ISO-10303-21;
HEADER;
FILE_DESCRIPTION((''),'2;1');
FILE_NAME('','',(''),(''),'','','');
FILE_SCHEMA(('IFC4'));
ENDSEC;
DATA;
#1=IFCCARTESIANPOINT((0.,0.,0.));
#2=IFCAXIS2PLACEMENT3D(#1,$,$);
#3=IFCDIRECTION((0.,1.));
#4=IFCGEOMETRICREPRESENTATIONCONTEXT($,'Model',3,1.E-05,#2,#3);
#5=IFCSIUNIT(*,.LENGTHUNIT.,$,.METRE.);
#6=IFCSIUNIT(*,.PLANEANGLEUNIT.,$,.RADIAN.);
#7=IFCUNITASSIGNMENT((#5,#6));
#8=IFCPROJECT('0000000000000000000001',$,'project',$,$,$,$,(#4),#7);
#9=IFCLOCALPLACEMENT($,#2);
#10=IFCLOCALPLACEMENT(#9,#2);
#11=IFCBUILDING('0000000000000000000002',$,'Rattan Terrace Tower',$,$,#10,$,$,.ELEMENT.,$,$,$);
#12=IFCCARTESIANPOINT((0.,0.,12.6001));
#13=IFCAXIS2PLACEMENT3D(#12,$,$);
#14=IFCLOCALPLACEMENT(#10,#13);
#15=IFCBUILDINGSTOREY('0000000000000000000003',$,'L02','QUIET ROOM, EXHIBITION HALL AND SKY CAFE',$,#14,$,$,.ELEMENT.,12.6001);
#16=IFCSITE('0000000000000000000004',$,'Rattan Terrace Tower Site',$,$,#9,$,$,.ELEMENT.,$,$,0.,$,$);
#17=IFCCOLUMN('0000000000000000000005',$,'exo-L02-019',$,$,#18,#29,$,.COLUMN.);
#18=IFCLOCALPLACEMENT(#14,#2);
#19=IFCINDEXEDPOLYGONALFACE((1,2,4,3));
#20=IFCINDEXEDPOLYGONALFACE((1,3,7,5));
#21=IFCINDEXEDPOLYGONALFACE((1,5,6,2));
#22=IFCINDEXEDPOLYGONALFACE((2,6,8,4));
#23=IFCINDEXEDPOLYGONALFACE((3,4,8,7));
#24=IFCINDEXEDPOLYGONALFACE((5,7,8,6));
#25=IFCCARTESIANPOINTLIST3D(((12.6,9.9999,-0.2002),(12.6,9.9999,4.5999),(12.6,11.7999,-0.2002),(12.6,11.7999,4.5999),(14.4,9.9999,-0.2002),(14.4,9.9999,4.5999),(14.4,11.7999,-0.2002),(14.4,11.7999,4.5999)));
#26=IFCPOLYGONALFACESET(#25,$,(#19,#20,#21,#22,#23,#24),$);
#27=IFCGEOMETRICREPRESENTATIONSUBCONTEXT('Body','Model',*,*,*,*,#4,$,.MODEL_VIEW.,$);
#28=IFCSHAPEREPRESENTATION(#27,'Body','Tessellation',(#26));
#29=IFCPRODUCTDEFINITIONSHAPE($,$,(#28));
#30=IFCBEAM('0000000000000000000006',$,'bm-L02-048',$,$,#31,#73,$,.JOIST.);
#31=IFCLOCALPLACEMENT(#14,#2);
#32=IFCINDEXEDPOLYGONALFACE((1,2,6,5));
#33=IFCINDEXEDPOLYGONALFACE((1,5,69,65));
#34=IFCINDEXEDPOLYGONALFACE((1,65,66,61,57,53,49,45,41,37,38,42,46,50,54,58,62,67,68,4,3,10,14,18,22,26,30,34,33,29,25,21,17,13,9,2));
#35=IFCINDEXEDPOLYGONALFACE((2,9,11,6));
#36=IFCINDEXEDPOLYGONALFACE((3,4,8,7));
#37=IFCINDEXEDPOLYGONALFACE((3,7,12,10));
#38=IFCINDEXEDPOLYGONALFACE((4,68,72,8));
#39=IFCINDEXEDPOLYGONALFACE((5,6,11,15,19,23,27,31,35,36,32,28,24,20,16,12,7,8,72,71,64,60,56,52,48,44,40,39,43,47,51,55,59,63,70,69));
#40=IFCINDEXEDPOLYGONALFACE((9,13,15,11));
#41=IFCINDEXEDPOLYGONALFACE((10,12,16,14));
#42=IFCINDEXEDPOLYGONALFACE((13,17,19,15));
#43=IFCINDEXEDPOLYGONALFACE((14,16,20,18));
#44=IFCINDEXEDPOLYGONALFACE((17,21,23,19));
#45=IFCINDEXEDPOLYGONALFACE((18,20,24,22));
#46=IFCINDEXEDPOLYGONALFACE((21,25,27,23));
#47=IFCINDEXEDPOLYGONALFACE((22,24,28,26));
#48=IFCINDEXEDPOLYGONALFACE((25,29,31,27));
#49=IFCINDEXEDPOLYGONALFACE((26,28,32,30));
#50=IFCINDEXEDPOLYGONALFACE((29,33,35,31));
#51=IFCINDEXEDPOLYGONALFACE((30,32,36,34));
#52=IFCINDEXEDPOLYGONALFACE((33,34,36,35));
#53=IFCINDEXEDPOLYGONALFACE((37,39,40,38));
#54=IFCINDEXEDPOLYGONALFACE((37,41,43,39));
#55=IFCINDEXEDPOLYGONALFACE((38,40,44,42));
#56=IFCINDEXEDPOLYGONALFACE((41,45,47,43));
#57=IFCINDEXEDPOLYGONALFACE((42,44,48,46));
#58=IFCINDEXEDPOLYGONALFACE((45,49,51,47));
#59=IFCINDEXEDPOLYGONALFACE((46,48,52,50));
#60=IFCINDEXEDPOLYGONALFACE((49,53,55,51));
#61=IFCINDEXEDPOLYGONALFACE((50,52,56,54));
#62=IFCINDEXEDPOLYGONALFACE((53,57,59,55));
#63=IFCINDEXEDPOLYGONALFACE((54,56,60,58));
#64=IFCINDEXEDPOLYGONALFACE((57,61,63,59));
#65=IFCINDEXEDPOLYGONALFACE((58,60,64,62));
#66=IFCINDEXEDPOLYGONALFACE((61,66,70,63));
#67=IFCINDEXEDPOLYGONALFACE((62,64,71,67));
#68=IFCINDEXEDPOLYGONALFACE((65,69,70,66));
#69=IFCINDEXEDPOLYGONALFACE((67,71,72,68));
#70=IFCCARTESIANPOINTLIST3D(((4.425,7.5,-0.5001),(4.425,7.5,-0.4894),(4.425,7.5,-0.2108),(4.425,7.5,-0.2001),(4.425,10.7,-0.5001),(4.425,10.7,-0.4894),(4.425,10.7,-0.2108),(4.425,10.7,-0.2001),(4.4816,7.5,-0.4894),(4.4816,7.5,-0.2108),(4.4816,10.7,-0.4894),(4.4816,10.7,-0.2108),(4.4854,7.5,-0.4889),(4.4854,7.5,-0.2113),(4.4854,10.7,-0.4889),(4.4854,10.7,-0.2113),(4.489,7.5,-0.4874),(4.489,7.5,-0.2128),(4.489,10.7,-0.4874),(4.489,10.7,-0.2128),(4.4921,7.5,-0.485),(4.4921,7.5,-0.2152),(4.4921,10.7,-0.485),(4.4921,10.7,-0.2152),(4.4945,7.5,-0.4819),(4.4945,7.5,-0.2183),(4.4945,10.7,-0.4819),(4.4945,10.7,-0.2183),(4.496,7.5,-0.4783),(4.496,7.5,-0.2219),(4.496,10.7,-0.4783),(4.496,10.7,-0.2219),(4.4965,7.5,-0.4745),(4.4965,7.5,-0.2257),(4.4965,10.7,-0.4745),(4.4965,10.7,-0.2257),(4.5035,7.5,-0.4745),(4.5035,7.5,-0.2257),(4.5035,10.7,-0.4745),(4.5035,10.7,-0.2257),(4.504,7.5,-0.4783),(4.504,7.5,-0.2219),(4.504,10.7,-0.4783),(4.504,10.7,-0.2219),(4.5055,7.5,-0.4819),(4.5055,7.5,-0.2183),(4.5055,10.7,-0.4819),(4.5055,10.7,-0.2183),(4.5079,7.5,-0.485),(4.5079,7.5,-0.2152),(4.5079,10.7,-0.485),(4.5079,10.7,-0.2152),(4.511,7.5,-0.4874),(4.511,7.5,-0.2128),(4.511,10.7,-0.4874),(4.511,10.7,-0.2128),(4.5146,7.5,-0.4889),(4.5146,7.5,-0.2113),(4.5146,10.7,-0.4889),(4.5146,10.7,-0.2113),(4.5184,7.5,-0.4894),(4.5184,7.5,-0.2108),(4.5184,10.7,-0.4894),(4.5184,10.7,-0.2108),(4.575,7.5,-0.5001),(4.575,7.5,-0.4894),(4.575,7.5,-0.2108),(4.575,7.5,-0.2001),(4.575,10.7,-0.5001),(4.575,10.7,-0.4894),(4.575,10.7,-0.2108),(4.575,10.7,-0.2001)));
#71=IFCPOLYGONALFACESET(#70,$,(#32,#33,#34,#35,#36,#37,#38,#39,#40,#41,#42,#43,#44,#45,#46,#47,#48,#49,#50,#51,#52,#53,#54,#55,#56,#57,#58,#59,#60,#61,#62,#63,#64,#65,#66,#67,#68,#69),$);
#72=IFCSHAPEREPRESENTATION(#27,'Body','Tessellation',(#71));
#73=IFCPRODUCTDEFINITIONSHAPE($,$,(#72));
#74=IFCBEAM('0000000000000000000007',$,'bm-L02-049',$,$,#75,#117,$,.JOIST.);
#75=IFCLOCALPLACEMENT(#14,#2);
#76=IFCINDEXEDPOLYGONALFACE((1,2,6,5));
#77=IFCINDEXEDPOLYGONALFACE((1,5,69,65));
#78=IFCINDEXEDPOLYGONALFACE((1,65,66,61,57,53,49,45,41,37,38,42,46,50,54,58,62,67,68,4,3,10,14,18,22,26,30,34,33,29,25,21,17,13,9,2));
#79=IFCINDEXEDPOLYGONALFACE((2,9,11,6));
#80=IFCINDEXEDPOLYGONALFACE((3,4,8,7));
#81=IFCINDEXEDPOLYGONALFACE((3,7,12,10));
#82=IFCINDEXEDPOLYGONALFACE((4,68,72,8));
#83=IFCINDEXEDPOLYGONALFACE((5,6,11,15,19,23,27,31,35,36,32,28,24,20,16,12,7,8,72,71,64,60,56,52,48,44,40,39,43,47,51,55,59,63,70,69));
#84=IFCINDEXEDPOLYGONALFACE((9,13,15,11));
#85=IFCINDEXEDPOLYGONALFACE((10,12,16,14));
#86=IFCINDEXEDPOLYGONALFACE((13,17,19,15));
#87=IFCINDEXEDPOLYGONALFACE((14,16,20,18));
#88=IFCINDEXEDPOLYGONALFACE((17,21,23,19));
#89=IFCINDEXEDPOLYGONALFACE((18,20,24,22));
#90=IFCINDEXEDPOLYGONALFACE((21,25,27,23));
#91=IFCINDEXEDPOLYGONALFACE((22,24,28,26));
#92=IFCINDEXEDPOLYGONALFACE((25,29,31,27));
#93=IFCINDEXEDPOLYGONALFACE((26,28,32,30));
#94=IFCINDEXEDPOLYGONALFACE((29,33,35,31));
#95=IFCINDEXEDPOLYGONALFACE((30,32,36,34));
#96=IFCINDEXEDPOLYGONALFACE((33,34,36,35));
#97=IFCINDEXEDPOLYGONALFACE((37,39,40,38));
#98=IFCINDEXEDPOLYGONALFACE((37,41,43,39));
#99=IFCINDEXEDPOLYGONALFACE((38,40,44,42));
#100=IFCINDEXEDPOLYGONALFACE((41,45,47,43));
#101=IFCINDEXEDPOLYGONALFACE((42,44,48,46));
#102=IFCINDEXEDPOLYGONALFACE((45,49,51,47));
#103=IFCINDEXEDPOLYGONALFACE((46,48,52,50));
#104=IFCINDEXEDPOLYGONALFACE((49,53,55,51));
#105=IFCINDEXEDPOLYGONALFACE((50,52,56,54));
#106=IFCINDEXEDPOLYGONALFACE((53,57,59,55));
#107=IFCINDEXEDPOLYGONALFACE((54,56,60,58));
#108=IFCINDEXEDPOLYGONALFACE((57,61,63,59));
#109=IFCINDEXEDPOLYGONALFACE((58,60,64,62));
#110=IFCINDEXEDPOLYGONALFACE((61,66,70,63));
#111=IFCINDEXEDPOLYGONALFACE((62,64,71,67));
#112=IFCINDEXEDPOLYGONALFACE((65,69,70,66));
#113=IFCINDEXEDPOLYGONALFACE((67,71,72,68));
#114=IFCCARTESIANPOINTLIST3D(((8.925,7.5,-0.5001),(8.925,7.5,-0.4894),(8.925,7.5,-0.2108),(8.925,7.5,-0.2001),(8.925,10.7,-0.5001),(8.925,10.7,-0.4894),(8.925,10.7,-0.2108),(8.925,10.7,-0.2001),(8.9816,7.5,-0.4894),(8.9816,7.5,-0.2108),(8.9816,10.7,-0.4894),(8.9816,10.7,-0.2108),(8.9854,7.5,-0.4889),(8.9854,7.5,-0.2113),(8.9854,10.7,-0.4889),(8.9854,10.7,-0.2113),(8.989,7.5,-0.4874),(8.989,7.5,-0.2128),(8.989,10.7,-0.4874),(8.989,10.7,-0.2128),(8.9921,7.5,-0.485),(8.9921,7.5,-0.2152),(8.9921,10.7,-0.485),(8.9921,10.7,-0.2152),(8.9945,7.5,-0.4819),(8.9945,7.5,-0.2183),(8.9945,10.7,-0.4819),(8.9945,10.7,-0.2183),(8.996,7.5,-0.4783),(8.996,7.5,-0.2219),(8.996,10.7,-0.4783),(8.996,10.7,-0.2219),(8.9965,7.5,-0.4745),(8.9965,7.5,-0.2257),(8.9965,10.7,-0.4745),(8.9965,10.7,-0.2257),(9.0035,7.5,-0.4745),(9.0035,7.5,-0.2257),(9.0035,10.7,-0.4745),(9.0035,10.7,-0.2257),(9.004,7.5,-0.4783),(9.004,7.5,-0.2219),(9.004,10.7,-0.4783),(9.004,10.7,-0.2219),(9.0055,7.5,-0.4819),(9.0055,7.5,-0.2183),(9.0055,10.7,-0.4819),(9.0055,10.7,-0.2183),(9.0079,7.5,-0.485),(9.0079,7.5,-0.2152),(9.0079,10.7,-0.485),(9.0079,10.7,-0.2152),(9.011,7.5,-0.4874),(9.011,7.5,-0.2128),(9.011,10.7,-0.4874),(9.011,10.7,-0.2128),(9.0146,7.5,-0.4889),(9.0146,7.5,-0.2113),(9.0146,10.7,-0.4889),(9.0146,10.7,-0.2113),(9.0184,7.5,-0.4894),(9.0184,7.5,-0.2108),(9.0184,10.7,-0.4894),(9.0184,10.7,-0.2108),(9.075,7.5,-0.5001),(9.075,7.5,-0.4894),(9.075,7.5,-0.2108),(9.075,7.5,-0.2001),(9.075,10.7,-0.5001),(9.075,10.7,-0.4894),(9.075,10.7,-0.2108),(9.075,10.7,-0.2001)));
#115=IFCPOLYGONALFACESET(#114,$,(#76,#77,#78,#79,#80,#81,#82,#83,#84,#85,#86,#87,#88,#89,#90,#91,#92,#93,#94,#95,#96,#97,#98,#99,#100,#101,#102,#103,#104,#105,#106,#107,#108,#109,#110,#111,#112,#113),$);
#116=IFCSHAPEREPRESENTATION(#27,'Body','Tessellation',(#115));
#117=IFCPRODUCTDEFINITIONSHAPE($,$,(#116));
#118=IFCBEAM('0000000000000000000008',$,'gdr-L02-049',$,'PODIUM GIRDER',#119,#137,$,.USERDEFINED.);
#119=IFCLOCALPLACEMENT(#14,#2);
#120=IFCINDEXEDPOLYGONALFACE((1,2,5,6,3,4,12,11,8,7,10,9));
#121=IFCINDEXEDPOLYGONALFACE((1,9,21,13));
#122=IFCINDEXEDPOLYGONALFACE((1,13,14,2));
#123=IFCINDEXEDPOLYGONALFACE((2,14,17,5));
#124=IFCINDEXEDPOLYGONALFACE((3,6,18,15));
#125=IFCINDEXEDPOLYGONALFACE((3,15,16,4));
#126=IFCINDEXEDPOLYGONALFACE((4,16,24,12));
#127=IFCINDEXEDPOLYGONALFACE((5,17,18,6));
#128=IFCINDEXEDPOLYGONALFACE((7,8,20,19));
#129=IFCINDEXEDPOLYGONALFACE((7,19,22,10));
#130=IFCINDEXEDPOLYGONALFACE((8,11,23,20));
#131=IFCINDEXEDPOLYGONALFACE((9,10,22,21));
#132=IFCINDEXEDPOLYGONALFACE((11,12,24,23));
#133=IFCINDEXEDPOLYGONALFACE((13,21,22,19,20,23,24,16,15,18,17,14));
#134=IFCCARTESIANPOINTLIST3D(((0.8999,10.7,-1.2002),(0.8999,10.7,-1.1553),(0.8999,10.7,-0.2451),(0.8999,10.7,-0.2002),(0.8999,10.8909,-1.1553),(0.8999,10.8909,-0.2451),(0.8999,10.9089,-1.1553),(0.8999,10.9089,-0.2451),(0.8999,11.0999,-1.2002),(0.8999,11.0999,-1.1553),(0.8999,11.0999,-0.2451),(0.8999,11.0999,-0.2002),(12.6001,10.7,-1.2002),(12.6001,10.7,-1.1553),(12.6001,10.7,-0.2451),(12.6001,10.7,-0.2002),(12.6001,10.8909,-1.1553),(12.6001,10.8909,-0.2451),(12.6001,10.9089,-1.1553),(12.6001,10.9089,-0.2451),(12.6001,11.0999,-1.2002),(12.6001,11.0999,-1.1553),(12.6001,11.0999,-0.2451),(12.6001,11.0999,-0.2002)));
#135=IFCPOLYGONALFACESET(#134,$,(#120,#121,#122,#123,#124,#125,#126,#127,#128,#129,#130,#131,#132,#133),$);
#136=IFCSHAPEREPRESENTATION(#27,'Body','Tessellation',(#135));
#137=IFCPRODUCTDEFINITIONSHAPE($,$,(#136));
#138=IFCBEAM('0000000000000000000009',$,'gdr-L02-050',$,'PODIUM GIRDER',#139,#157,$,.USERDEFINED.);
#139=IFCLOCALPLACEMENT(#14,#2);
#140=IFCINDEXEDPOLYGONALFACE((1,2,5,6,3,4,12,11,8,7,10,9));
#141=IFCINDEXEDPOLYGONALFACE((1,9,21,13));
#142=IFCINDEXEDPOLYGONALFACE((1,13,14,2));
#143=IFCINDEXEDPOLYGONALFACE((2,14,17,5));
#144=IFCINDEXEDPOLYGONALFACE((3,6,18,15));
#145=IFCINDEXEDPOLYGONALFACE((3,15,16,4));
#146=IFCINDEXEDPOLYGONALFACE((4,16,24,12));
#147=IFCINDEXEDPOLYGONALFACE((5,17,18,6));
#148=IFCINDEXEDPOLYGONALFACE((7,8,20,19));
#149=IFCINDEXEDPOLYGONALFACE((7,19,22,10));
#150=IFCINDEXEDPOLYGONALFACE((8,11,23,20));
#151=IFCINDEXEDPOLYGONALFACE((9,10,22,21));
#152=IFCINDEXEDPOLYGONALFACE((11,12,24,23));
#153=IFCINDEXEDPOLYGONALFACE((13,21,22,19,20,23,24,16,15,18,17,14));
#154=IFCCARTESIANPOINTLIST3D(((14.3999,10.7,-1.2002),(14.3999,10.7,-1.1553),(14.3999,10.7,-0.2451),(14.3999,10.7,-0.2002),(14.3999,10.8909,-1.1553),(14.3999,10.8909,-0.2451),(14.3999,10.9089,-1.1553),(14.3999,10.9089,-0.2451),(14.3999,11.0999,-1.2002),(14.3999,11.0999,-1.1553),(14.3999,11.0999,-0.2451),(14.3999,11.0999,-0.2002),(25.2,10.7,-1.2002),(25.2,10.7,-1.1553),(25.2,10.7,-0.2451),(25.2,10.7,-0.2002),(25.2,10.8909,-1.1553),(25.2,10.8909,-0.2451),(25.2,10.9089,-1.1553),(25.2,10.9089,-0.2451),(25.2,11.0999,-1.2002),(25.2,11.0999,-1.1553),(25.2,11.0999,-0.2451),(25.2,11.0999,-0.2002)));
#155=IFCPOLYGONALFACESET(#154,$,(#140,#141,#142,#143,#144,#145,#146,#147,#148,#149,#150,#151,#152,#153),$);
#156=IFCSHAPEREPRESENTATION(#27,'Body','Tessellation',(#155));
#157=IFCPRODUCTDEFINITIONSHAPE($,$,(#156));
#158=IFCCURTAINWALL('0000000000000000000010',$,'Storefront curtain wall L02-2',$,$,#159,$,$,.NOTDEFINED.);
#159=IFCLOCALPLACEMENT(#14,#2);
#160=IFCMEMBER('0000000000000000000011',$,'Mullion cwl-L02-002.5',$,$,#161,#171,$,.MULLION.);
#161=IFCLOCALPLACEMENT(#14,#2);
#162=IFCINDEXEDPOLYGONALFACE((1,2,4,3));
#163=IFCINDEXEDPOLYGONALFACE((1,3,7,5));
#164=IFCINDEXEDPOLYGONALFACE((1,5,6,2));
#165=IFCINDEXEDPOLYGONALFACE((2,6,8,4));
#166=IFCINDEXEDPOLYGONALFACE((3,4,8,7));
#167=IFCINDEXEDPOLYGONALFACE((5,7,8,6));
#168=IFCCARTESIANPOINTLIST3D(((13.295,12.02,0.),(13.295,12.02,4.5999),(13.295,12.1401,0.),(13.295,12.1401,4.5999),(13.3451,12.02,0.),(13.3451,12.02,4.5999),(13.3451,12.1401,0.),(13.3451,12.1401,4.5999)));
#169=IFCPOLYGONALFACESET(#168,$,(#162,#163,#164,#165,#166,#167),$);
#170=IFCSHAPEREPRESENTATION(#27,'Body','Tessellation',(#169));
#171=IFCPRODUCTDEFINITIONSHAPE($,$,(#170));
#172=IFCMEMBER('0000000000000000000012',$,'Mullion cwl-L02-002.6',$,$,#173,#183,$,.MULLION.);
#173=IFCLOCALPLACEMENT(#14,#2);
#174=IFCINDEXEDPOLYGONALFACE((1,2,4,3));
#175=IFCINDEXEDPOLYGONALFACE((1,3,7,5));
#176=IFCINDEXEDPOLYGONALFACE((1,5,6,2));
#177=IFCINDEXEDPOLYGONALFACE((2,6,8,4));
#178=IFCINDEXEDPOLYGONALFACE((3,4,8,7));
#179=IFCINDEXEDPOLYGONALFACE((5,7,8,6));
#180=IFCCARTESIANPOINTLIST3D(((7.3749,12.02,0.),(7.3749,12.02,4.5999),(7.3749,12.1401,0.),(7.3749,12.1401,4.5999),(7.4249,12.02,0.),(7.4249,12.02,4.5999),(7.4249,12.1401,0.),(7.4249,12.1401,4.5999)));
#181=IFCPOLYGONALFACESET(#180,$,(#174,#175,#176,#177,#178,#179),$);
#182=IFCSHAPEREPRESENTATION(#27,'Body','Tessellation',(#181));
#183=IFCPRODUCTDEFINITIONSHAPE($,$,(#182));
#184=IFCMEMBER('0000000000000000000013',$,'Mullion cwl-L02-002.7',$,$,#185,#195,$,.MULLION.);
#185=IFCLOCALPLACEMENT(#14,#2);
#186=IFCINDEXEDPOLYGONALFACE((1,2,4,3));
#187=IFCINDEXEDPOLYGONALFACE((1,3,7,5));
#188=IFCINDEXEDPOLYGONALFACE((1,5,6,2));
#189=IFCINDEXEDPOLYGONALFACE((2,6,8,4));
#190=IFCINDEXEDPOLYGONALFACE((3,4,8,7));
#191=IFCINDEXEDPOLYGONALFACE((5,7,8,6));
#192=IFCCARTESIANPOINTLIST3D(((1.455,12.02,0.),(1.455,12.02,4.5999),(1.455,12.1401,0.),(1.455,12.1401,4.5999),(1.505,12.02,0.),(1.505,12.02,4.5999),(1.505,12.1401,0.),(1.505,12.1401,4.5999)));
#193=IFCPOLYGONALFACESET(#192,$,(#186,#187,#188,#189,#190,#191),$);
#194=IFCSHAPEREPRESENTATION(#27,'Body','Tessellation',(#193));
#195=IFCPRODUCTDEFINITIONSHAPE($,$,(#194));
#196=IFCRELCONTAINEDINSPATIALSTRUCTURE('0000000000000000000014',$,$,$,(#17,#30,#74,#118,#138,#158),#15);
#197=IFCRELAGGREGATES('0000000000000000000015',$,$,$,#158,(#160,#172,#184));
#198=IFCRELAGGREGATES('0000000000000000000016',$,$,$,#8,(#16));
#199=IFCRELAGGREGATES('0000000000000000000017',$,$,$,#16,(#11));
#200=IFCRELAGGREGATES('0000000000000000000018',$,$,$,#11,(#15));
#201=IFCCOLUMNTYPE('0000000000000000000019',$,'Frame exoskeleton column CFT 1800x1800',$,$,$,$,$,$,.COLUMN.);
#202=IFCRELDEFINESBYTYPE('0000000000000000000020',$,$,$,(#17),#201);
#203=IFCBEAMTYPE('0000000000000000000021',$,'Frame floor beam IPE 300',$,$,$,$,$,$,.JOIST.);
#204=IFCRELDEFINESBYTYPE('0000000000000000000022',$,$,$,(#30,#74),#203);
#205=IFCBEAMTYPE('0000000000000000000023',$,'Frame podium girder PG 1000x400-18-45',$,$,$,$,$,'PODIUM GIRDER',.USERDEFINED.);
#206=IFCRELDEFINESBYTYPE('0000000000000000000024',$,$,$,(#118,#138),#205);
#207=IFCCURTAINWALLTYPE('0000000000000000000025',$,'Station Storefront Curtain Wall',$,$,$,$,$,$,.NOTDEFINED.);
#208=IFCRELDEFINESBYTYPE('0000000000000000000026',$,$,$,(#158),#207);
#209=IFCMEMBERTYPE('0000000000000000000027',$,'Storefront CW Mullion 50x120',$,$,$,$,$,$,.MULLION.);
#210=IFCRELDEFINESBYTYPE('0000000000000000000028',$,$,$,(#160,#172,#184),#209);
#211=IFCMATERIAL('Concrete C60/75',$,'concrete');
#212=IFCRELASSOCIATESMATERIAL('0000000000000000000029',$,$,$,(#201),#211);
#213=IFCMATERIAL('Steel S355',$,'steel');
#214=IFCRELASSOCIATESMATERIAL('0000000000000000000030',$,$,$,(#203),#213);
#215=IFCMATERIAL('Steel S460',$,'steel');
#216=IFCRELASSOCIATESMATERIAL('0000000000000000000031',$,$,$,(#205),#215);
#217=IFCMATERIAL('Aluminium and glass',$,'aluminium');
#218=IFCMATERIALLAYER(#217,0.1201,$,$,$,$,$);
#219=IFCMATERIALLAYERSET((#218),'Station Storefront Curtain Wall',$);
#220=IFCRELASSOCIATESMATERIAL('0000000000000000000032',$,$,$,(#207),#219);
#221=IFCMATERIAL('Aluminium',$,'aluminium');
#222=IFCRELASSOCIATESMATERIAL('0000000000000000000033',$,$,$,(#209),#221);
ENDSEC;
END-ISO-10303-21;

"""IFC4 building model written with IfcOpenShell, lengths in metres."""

from ifc_helpers import new_model, si_unit, direction, frame, origin, origin_2d, place, context, subcontext, project, spatial, rectangle, i_section, extrude, material, layer, layer_set, material_profile, profile_set, type_object, element, aggregate, save


model = new_model("IFC4")

# Units and contexts
model_context = context("Model", 3, precision=1e-05, world=origin(), true_north=direction((0.0, 1.0)))
body_context = subcontext(model_context, "Body", "Model", "MODEL_VIEW")
ifc_project = project(units=[si_unit("LENGTHUNIT", "METRE"), si_unit("PLANEANGLEUNIT", "RADIAN")], contexts=[model_context])

# Site, building, storey
site_placement = place(None, origin())
site = spatial("IfcSite", under=ifc_project, at=site_placement, Name="Rattan Terrace Tower Site", CompositionType="ELEMENT", RefElevation=0.0)
building_placement = place(site_placement, origin())
building = spatial("IfcBuilding", under=site, at=building_placement, Name="Rattan Terrace Tower", CompositionType="ELEMENT")
storey_placement = place(building_placement, frame((0.0, 0.0, 12.6001)))
storey = spatial("IfcBuildingStorey", under=building, at=storey_placement, Name="L02", Description="QUIET ROOM, EXHIBITION HALL AND SKY CAFE", CompositionType="ELEMENT", Elevation=12.6001)

# Column
ifc_material_1 = material(Name="Concrete C60/75", Category="concrete")
ifc_material_profile_1 = material_profile(ifc_material_1, rectangle(XDim=1.8, YDim=1.8, at=origin_2d()), Name="CFT 1800x1800")
ifc_profile_set_1 = profile_set([ifc_material_profile_1], Name="Concrete C60/75")
column_type = type_object("IfcColumnType", Name="Frame exoskeleton column CFT 1800x1800", PredefinedType="COLUMN", material=ifc_profile_set_1)
column_placement = place(storey_placement, frame((13.5, 10.8999, -0.2002), z_axis=(0.0, 0.0, 1.0), x_axis=(1.0, 0.0, 0.0)))
element("IfcColumn", 1, at=column_placement, inside=storey, type_object=column_type, Name="exo-L02-019", PredefinedType="COLUMN", context=body_context, shape_type="SweptSolid", body=[
    extrude(rectangle(XDim=1.8, YDim=1.8, at=origin_2d()), origin(), (0.0, 0.0, 1.0), 4.8),
])

# Beams
ifc_material_2 = material(Name="Steel S355", Category="steel")
ifc_material_profile_2 = material_profile(ifc_material_2, i_section(OverallWidth=0.1499, OverallDepth=0.3, WebThickness=0.0071, FlangeThickness=0.0107, FilletRadius=0.0149, at=origin_2d()), Name="IPE 300")
ifc_profile_set_2 = profile_set([ifc_material_profile_2], Name="Steel S355")
beam_type_1 = type_object("IfcBeamType", Name="Frame floor beam IPE 300", PredefinedType="JOIST", material=ifc_profile_set_2)
for number, where, z_axis, x_axis, name in (
    (2, (4.5, 7.5, -0.3501), (0.0, 1.0, 0.0), (-1.0, 0.0, 0.0), "bm-L02-048"),
    (3, (9.0, 7.5, -0.3501), (0.0, 1.0, 0.0), (-1.0, 0.0, 0.0), "bm-L02-049"),
):
    element("IfcBeam", number, at=place(storey_placement, frame(where, z_axis=z_axis, x_axis=x_axis)), inside=storey, type_object=beam_type_1, Name=name, PredefinedType="JOIST", context=body_context, shape_type="SweptSolid", body=[
        extrude(i_section(OverallWidth=0.1499, OverallDepth=0.3, WebThickness=0.0071, FlangeThickness=0.0107, FilletRadius=0.0149, at=origin_2d()), origin(), (0.0, 0.0, 1.0), 3.2),
    ])
ifc_material_3 = material(Name="Steel S460", Category="steel")
ifc_material_profile_3 = material_profile(ifc_material_3, i_section(OverallWidth=0.3999, OverallDepth=1.0, WebThickness=0.0181, FlangeThickness=0.0449, at=origin_2d()), Name="PG 1000x400-18-45")
ifc_profile_set_3 = profile_set([ifc_material_profile_3], Name="Steel S460")
beam_type_2 = type_object("IfcBeamType", Name="Frame podium girder PG 1000x400-18-45", ElementType="PODIUM GIRDER", PredefinedType="USERDEFINED", material=ifc_profile_set_3)
beam_1_placement = place(storey_placement, frame((0.8999, 10.8999, -0.7002), z_axis=(1.0, 0.0, 0.0), x_axis=(0.0, 1.0, 0.0)))
element("IfcBeam", 4, at=beam_1_placement, inside=storey, type_object=beam_type_2, Name="gdr-L02-049", ObjectType="PODIUM GIRDER", PredefinedType="USERDEFINED", context=body_context, shape_type="SweptSolid", body=[
    extrude(i_section(OverallWidth=0.3999, OverallDepth=1.0, WebThickness=0.0181, FlangeThickness=0.0449, at=origin_2d()), origin(), (0.0, 0.0, 1.0), 11.7002),
])
beam_2_placement = place(storey_placement, frame((14.3999, 10.8999, -0.7002), z_axis=(1.0, 0.0, 0.0), x_axis=(0.0, 1.0, 0.0)))
element("IfcBeam", 5, at=beam_2_placement, inside=storey, type_object=beam_type_2, Name="gdr-L02-050", ObjectType="PODIUM GIRDER", PredefinedType="USERDEFINED", context=body_context, shape_type="SweptSolid", body=[
    extrude(i_section(OverallWidth=0.3999, OverallDepth=1.0, WebThickness=0.0181, FlangeThickness=0.0449, at=origin_2d()), origin(), (0.0, 0.0, 1.0), 10.8),
])

# Curtain wall, members
ifc_material_4 = material(Name="Aluminium and glass", Category="aluminium")
ifc_layer_1 = layer(ifc_material_4, 0.1201)
ifc_layer_set_1 = layer_set([ifc_layer_1], Name="Station Storefront Curtain Wall")
curtain_wall_type = type_object("IfcCurtainWallType", Name="Station Storefront Curtain Wall", PredefinedType="NOTDEFINED", material=ifc_layer_set_1)
curtain_wall_placement = place(storey_placement, origin())
curtain_wall = element("IfcCurtainWall", 6, at=curtain_wall_placement, inside=storey, type_object=curtain_wall_type, Name="Storefront curtain wall L02-2", PredefinedType="NOTDEFINED")
ifc_material_5 = material(Name="Aluminium", Category="aluminium")
ifc_material_profile_4 = material_profile(ifc_material_5, rectangle(XDim=0.05, YDim=0.1201, at=origin_2d()), Name="Aluminium 50x120")
ifc_profile_set_4 = profile_set([ifc_material_profile_4], Name="Aluminium")
member_type_1 = type_object("IfcMemberType", Name="Storefront CW Mullion 50x120", PredefinedType="MULLION", material=ifc_profile_set_4)
member_1_placement = place(storey_placement, frame((13.3201, 12.0801, 0.0), z_axis=(0.0, 0.0, 1.0), x_axis=(-1.0, 0.0, 0.0)))
member_1 = element("IfcMember", 7, at=member_1_placement, type_object=member_type_1, Name="Mullion cwl-L02-002.5", PredefinedType="MULLION", context=body_context, shape_type="SweptSolid", body=[
    extrude(rectangle(XDim=0.05, YDim=0.1201, at=origin_2d()), origin(), (0.0, 0.0, 1.0), 4.5999),
])
member_2_placement = place(storey_placement, frame((7.3999, 12.0801, 0.0), z_axis=(0.0, 0.0, 1.0), x_axis=(-1.0, 0.0, 0.0)))
member_2 = element("IfcMember", 8, at=member_2_placement, type_object=member_type_1, Name="Mullion cwl-L02-002.6", PredefinedType="MULLION", context=body_context, shape_type="SweptSolid", body=[
    extrude(rectangle(XDim=0.05, YDim=0.1201, at=origin_2d()), origin(), (0.0, 0.0, 1.0), 4.5999),
])
member_3_placement = place(storey_placement, frame((1.48, 12.0801, 0.0), z_axis=(0.0, 0.0, 1.0), x_axis=(-1.0, 0.0, 0.0)))
member_3 = element("IfcMember", 9, at=member_3_placement, type_object=member_type_1, Name="Mullion cwl-L02-002.7", PredefinedType="MULLION", context=body_context, shape_type="SweptSolid", body=[
    extrude(rectangle(XDim=0.05, YDim=0.1201, at=origin_2d()), origin(), (0.0, 0.0, 1.0), 4.5999),
])
aggregate(curtain_wall, [member_1, member_2, member_3])

save(model, "model.ifc")
